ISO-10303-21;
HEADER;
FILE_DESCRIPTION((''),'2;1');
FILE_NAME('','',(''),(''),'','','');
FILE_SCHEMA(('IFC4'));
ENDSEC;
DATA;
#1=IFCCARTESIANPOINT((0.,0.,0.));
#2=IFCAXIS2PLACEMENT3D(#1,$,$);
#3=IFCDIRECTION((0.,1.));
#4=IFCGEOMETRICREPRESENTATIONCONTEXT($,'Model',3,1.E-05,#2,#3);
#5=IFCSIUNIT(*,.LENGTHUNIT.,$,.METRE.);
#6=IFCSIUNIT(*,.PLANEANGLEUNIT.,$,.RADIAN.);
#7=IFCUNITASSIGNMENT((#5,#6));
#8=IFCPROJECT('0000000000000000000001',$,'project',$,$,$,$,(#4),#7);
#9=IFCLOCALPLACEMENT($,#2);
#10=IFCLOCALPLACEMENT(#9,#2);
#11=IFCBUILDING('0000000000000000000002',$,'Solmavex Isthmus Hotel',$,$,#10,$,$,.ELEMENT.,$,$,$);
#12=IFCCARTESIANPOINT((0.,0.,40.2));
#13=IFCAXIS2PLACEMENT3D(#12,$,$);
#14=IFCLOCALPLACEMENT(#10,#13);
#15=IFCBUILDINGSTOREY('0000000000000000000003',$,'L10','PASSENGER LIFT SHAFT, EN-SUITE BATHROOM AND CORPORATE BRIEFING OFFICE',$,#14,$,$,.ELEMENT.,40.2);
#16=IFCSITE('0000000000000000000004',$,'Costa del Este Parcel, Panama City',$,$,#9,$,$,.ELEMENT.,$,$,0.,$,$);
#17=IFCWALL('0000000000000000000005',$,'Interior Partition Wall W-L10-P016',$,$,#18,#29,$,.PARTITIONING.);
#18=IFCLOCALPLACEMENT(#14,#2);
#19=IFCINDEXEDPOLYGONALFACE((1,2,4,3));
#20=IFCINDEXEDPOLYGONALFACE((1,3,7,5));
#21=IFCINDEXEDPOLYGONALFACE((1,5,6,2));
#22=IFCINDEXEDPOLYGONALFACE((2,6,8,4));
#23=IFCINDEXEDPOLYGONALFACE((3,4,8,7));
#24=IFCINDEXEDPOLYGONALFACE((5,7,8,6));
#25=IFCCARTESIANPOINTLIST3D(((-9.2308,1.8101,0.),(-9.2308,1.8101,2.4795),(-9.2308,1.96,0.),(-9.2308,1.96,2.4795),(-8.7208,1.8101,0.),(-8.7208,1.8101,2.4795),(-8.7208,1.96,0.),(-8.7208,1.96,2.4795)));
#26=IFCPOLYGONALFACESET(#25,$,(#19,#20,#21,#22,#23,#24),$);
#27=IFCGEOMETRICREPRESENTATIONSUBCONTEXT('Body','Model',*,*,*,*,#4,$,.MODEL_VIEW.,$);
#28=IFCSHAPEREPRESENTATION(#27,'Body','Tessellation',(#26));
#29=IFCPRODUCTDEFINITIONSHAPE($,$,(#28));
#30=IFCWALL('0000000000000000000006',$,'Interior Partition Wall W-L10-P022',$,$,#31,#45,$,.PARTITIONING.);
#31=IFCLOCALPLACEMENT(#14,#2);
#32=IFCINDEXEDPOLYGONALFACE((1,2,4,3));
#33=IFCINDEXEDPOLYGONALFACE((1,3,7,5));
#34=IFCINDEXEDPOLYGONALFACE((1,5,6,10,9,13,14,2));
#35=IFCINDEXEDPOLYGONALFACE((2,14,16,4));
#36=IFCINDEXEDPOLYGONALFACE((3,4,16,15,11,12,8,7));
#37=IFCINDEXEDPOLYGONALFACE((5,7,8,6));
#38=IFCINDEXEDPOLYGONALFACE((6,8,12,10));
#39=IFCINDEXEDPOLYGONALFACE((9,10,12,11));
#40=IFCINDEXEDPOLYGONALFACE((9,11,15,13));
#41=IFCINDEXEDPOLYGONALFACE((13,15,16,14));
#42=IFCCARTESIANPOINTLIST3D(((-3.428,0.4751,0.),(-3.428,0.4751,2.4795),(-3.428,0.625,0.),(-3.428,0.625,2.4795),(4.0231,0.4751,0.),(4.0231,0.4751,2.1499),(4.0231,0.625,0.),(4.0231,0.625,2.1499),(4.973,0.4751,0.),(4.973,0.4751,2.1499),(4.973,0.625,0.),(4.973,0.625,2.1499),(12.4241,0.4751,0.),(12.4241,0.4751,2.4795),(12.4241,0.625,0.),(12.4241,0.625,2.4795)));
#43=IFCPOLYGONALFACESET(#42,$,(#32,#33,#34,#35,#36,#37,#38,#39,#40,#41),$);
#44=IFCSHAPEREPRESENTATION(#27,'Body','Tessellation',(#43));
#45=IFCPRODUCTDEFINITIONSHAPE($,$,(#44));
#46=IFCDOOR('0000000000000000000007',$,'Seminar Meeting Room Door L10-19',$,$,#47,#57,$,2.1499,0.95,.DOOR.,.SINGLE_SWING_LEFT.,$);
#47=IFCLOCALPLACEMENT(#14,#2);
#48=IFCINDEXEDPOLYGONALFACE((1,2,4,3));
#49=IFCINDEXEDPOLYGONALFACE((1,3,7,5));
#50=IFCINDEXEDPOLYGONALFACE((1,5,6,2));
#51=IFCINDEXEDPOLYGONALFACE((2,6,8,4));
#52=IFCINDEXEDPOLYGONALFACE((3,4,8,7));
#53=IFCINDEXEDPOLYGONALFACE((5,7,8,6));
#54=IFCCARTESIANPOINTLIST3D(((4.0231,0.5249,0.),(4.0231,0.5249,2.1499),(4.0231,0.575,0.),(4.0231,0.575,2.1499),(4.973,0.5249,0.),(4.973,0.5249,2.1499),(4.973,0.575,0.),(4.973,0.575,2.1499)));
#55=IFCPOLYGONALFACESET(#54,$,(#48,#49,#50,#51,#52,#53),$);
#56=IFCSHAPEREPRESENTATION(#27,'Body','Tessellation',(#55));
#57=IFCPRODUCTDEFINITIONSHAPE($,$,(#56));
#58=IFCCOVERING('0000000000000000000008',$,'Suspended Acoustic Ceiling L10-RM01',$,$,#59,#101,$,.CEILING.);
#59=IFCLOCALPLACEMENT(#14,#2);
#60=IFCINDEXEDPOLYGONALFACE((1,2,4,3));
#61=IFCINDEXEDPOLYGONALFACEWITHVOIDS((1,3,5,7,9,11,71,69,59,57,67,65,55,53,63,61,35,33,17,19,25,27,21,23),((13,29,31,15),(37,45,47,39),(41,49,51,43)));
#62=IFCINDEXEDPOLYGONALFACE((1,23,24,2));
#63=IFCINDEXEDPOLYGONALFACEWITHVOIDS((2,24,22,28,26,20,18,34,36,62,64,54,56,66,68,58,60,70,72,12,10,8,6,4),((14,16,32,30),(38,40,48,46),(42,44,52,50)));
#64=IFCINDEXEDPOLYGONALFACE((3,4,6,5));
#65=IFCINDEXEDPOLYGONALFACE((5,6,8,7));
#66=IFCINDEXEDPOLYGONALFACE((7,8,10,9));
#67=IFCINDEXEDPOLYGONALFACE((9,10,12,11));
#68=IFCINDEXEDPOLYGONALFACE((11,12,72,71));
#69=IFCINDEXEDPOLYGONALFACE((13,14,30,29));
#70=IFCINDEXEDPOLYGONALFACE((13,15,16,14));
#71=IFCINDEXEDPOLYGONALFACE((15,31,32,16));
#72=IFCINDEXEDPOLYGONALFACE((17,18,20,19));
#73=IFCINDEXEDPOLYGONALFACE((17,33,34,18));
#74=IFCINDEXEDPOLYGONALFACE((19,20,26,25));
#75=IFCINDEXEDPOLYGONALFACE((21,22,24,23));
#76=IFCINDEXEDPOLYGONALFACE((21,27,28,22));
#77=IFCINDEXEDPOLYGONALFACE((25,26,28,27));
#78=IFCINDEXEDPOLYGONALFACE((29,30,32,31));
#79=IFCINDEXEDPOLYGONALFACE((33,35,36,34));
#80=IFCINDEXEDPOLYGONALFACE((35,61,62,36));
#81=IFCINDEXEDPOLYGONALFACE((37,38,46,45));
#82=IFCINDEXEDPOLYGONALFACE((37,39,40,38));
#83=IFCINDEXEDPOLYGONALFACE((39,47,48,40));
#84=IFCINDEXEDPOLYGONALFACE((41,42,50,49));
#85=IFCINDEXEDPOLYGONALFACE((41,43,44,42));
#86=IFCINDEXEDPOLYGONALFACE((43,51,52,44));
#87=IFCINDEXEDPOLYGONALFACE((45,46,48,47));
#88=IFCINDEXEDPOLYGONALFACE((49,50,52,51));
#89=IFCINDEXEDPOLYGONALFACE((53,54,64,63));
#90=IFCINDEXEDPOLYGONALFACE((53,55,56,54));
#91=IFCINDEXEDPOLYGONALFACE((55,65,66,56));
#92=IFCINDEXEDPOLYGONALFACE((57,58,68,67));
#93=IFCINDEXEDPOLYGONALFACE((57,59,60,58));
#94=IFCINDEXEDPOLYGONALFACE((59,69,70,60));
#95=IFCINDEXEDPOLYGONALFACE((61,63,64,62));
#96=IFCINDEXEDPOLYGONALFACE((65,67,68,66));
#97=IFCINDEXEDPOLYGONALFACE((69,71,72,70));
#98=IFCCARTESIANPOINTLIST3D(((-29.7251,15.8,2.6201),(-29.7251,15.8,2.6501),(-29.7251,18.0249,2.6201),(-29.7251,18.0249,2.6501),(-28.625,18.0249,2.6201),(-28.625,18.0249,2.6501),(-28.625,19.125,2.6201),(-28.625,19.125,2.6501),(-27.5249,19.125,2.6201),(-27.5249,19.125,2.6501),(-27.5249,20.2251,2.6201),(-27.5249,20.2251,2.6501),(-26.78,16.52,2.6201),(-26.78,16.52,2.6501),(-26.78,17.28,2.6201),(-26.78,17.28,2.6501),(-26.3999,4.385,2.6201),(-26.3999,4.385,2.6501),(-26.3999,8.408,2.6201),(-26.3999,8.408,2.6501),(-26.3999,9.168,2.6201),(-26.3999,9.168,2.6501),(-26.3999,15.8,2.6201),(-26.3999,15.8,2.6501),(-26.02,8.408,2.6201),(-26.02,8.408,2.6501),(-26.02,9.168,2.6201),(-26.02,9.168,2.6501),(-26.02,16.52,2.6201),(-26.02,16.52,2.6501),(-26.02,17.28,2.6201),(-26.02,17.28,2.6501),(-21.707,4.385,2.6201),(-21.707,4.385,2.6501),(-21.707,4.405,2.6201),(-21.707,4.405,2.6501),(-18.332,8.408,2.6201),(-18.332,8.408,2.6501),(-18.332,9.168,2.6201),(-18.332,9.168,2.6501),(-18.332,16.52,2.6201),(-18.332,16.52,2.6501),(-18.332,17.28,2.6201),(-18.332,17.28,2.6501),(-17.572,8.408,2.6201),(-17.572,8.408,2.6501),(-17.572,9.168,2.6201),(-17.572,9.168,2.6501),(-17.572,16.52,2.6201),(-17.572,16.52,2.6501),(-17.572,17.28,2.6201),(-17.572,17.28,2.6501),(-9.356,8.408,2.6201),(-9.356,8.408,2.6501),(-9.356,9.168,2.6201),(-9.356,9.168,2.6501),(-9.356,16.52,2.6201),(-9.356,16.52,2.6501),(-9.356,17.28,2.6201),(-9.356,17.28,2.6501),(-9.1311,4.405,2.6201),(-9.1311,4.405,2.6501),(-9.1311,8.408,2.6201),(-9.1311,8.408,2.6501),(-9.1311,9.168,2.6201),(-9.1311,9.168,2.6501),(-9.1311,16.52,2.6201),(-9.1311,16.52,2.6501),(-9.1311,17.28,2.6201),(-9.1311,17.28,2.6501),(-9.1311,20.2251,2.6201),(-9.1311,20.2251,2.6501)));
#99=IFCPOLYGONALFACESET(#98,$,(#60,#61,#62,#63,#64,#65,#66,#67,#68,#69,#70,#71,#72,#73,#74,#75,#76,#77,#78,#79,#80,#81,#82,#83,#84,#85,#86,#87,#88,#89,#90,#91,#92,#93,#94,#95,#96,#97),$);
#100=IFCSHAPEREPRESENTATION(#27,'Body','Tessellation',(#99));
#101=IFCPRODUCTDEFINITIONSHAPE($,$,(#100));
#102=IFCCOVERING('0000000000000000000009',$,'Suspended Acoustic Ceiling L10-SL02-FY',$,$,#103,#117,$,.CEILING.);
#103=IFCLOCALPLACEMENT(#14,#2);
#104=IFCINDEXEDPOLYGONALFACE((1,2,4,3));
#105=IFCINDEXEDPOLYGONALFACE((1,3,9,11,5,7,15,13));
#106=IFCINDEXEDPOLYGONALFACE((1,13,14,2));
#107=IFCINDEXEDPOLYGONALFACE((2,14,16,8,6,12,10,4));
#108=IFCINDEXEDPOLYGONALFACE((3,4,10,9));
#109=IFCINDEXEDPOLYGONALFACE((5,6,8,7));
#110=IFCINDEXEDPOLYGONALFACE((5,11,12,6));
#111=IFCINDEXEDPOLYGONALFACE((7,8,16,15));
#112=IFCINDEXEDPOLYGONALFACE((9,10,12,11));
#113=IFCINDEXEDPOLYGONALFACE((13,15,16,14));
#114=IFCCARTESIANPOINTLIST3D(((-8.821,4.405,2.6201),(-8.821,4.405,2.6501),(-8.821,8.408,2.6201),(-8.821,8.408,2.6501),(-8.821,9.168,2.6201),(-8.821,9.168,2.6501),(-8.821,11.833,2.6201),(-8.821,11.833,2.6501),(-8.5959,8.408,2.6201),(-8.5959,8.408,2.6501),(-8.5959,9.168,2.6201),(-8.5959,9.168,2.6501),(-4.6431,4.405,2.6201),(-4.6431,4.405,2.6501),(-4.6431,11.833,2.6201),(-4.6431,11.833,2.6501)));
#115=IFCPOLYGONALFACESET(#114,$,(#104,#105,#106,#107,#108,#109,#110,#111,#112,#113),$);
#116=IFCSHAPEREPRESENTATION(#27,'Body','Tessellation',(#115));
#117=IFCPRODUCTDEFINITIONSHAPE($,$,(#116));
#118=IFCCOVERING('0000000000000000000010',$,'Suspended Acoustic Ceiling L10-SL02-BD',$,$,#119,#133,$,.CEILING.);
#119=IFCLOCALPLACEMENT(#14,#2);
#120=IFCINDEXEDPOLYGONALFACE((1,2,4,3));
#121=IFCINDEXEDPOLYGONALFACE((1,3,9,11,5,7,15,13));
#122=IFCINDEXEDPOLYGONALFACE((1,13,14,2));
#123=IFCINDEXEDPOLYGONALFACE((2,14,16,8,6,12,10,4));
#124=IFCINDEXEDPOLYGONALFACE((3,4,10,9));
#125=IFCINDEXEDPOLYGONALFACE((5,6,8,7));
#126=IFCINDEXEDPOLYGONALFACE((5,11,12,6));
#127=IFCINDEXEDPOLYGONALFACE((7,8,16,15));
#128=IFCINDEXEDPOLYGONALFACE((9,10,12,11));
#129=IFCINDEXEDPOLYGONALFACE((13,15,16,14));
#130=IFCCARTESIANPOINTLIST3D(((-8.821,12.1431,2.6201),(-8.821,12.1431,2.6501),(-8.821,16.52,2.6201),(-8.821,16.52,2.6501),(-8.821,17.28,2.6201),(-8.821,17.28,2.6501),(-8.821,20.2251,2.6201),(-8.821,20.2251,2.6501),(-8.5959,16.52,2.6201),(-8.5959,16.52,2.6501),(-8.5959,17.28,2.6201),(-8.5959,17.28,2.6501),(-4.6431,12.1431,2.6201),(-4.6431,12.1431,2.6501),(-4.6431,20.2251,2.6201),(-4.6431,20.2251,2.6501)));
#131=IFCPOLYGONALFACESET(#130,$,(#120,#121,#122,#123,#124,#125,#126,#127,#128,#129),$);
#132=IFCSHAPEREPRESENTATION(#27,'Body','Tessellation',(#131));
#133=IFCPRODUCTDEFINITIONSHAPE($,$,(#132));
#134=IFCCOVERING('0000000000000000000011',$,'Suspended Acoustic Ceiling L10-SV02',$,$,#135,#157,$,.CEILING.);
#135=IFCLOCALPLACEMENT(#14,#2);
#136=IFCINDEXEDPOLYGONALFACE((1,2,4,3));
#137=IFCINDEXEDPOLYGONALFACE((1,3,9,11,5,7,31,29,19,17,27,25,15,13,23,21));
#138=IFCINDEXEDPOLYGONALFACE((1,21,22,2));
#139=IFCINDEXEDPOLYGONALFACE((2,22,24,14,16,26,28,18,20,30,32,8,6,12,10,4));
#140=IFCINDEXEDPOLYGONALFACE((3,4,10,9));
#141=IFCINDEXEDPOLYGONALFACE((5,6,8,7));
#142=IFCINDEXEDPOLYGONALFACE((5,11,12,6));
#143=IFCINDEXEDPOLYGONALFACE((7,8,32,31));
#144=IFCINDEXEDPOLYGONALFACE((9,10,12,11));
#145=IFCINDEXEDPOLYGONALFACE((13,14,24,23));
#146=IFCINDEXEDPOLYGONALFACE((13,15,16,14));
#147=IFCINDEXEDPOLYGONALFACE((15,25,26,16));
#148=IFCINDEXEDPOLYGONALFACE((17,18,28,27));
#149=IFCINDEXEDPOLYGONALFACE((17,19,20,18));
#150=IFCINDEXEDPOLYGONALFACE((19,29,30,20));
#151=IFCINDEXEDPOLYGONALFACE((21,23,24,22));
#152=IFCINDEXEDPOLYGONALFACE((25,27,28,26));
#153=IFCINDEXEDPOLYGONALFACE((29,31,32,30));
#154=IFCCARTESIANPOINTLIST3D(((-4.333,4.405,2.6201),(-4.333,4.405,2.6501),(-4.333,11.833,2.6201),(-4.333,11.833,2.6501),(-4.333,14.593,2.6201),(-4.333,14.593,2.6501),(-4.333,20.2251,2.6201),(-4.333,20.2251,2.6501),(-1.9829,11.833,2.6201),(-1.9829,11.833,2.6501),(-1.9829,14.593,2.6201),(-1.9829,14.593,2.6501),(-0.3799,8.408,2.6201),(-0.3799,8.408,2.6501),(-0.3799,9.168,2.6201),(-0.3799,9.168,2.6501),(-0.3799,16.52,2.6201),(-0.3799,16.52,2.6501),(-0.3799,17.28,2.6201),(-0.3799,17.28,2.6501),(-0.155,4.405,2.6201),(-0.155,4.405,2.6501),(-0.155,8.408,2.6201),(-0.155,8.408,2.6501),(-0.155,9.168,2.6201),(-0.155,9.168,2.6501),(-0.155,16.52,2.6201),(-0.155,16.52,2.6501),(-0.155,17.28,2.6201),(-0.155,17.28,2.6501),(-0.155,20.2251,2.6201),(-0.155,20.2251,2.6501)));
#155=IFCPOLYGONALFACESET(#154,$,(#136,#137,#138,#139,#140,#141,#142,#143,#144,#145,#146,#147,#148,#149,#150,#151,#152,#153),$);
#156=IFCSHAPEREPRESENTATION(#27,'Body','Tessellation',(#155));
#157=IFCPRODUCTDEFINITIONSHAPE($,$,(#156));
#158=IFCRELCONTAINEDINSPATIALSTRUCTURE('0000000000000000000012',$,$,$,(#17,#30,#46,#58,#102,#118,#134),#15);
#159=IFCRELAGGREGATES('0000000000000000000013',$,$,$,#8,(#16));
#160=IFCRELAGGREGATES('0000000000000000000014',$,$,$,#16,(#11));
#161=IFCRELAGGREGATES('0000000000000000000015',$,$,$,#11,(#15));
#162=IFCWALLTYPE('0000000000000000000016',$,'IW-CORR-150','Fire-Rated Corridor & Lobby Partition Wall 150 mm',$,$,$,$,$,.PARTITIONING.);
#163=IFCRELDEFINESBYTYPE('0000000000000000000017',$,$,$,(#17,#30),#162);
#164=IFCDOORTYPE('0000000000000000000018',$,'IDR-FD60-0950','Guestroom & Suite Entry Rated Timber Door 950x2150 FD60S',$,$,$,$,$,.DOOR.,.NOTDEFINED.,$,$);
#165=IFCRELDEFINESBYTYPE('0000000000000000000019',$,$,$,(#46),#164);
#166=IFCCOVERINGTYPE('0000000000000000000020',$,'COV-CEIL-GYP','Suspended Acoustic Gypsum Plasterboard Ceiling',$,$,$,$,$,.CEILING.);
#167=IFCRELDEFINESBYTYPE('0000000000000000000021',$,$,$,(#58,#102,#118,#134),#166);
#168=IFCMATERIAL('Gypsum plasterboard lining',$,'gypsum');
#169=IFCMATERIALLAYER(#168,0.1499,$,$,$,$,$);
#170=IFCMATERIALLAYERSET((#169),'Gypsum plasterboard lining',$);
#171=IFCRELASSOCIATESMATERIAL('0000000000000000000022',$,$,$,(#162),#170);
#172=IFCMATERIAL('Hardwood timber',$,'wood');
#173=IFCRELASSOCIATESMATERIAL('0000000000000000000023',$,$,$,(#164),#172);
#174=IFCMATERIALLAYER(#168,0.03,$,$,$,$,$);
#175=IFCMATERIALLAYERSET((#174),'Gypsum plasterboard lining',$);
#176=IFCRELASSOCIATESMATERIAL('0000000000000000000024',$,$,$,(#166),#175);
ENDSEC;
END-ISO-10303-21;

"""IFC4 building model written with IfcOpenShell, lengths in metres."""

from ifc_helpers import new_model, si_unit, direction, frame, frame_2d, origin, place, context, subcontext, project, spatial, polyline, rectangle, outline, extrude, material, layer, layer_set, type_object, element, fill, save


model = new_model("IFC4")

# Units and contexts
model_context = context("Model", 3, precision=1e-05, world=origin(), true_north=direction((0.0, 1.0)))
body_context = subcontext(model_context, "Body", "Model", "MODEL_VIEW")
ifc_project = project(units=[si_unit("LENGTHUNIT", "METRE"), si_unit("PLANEANGLEUNIT", "RADIAN")], contexts=[model_context])

# Site, building, storey
site_placement = place(None, origin())
site = spatial("IfcSite", under=ifc_project, at=site_placement, Name="Costa del Este Parcel, Panama City", CompositionType="ELEMENT", RefElevation=0.0)
building_placement = place(site_placement, origin())
building = spatial("IfcBuilding", under=site, at=building_placement, Name="Solmavex Isthmus Hotel", CompositionType="ELEMENT")
storey_placement = place(building_placement, frame((0.0, 0.0, 40.2)))
storey = spatial("IfcBuildingStorey", under=building, at=storey_placement, Name="L10", Description="PASSENGER LIFT SHAFT, EN-SUITE BATHROOM AND CORPORATE BRIEFING OFFICE", CompositionType="ELEMENT", Elevation=40.2)

# Shared definitions
ifc_material_1 = material(Name="Gypsum plasterboard lining", Category="gypsum")
ifc_layer_1 = layer(ifc_material_1, 0.1499)
ifc_layer_set_1 = layer_set([ifc_layer_1], Name="Gypsum plasterboard lining")
wall_type = type_object("IfcWallType", Name="IW-CORR-150", Description="Fire-Rated Corridor & Lobby Partition Wall 150 mm", PredefinedType="PARTITIONING", material=ifc_layer_set_1)

# Wall
wall_1_placement = place(storey_placement, frame((-8.7209, 1.885, 0.0), z_axis=(0.0, 0.0, 1.0), x_axis=(-1.0, 0.0, 0.0)))
element("IfcWall", 1, at=wall_1_placement, inside=storey, type_object=wall_type, Name="Interior Partition Wall W-L10-P016", PredefinedType="PARTITIONING", context=body_context, shape_type="SweptSolid", body=[
    extrude(rectangle(XDim=0.51, YDim=0.1499, at=frame_2d((0.2549, 0.0))), origin(), (0.0, 0.0, 1.0), 2.4795),
])

# Wall, opening, door
wall_2_placement = place(storey_placement, frame((-3.428, 0.55, 0.0), z_axis=(0.0, 0.0, 1.0), x_axis=(1.0, 0.0, 0.0)))
wall_2 = element("IfcWall", 2, at=wall_2_placement, inside=storey, type_object=wall_type, Name="Interior Partition Wall W-L10-P022", PredefinedType="PARTITIONING", context=body_context, shape_type="SweptSolid", body=[
    extrude(rectangle(XDim=15.8521, YDim=0.1499, at=frame_2d((7.926, 0.0))), origin(), (0.0, 0.0, 1.0), 2.4795),
])
opening_1_placement = place(wall_2_placement, frame((7.4509, 0.0, 0.0)))
opening_1 = element("IfcOpeningElement", 3, at=opening_1_placement, cuts=wall_2, PredefinedType="OPENING", context=body_context, shape_type="SweptSolid", body=[
    extrude(rectangle(XDim=0.95, YDim=2.1499, at=frame_2d((0.4751, 1.075))), frame((0.0, 0.085, 0.0), z_axis=(0.0, -1.0, 0.0), x_axis=(1.0, 0.0, 0.0)), (0.0, 0.0, 1.0), 0.1699),
])
ifc_material_2 = material(Name="Hardwood timber", Category="wood")
door_type_1 = type_object("IfcDoorType", Name="IDR-FD60-0950", Description="Guestroom & Suite Entry Rated Timber Door 950x2150 FD60S", OperationType="NOTDEFINED", PredefinedType="DOOR", material=ifc_material_2)
door_1_placement = place(opening_1_placement, origin())
door_1 = element("IfcDoor", 4, at=door_1_placement, inside=storey, type_object=door_type_1, Name="Seminar Meeting Room Door L10-19", OperationType="SINGLE_SWING_LEFT", OverallHeight=2.1499, OverallWidth=0.95, PredefinedType="DOOR", context=body_context, shape_type="SweptSolid", body=[
    extrude(rectangle(XDim=0.95, YDim=2.1499, at=frame_2d((0.4751, 1.075))), frame((0.0, 0.0249, 0.0), z_axis=(0.0, -1.0, 0.0), x_axis=(1.0, 0.0, 0.0)), (0.0, 0.0, 1.0), 0.05),
])
fill(opening_1, door_1)

# Coverings
ifc_layer_2 = layer(ifc_material_1, 0.03)
ifc_layer_set_2 = layer_set([ifc_layer_2], Name="Gypsum plasterboard lining")
covering_type_1 = type_object("IfcCoveringType", Name="COV-CEIL-GYP", Description="Suspended Acoustic Gypsum Plasterboard Ceiling", PredefinedType="CEILING", material=ifc_layer_set_2)
covering_1_placement = place(storey_placement, frame((0.0, 0.0, 2.6201)))
element("IfcCovering", 5, at=covering_1_placement, inside=storey, type_object=covering_type_1, Name="Suspended Acoustic Ceiling L10-RM01", PredefinedType="CEILING", context=body_context, shape_type="SweptSolid", body=[
    extrude(outline(polyline([(-21.707, 4.385), (-21.707, 4.405), (-9.1311, 4.405), (-9.1311, 8.408), (-9.356, 8.408), (-9.356, 9.168), (-9.1311, 9.168), (-9.1311, 16.52), (-9.356, 16.52), (-9.356, 17.28), (-9.1311, 17.28), (-9.1311, 20.2251), (-27.5249, 20.2251), (-27.5249, 19.125), (-28.625, 19.125), (-28.625, 18.0249), (-29.7251, 18.0249), (-29.7251, 15.8), (-26.3999, 15.8), (-26.3999, 9.168), (-26.02, 9.168), (-26.02, 8.408), (-26.3999, 8.408), (-26.3999, 4.385), (-21.707, 4.385)]), holes=[polyline([(-18.332, 8.408), (-18.332, 9.168), (-17.572, 9.168), (-17.572, 8.408), (-18.332, 8.408)]), polyline([(-18.332, 17.28), (-17.572, 17.28), (-17.572, 16.52), (-18.332, 16.52), (-18.332, 17.28)]), polyline([(-26.78, 17.28), (-26.02, 17.28), (-26.02, 16.52), (-26.78, 16.52), (-26.78, 17.28)])]), origin(), (0.0, 0.0, 1.0), 0.03),
])
covering_2_placement = place(storey_placement, frame((0.0, 0.0, 2.6201)))
element("IfcCovering", 6, at=covering_2_placement, inside=storey, type_object=covering_type_1, Name="Suspended Acoustic Ceiling L10-SL02-FY", PredefinedType="CEILING", context=body_context, shape_type="SweptSolid", body=[
    extrude(outline(polyline([(-8.821, 9.168), (-8.5959, 9.168), (-8.5959, 8.408), (-8.821, 8.408), (-8.821, 4.405), (-4.6431, 4.405), (-4.6431, 11.833), (-8.821, 11.833), (-8.821, 9.168)])), origin(), (0.0, 0.0, 1.0), 0.03),
])
covering_3_placement = place(storey_placement, frame((0.0, 0.0, 2.6201)))
element("IfcCovering", 7, at=covering_3_placement, inside=storey, type_object=covering_type_1, Name="Suspended Acoustic Ceiling L10-SL02-BD", PredefinedType="CEILING", context=body_context, shape_type="SweptSolid", body=[
    extrude(outline(polyline([(-8.821, 17.28), (-8.5959, 17.28), (-8.5959, 16.52), (-8.821, 16.52), (-8.821, 12.1431), (-4.6431, 12.1431), (-4.6431, 20.2251), (-8.821, 20.2251), (-8.821, 17.28)])), origin(), (0.0, 0.0, 1.0), 0.03),
])
covering_4_placement = place(storey_placement, frame((0.0, 0.0, 2.6201)))
element("IfcCovering", 8, at=covering_4_placement, inside=storey, type_object=covering_type_1, Name="Suspended Acoustic Ceiling L10-SV02", PredefinedType="CEILING", context=body_context, shape_type="SweptSolid", body=[
    extrude(outline(polyline([(-0.155, 16.52), (-0.3799, 16.52), (-0.3799, 17.28), (-0.155, 17.28), (-0.155, 20.2251), (-4.333, 20.2251), (-4.333, 14.593), (-1.9829, 14.593), (-1.9829, 11.833), (-4.333, 11.833), (-4.333, 4.405), (-0.155, 4.405), (-0.155, 8.408), (-0.3799, 8.408), (-0.3799, 9.168), (-0.155, 9.168), (-0.155, 16.52)])), origin(), (0.0, 0.0, 1.0), 0.03),
])

save(model, "model.ifc")
